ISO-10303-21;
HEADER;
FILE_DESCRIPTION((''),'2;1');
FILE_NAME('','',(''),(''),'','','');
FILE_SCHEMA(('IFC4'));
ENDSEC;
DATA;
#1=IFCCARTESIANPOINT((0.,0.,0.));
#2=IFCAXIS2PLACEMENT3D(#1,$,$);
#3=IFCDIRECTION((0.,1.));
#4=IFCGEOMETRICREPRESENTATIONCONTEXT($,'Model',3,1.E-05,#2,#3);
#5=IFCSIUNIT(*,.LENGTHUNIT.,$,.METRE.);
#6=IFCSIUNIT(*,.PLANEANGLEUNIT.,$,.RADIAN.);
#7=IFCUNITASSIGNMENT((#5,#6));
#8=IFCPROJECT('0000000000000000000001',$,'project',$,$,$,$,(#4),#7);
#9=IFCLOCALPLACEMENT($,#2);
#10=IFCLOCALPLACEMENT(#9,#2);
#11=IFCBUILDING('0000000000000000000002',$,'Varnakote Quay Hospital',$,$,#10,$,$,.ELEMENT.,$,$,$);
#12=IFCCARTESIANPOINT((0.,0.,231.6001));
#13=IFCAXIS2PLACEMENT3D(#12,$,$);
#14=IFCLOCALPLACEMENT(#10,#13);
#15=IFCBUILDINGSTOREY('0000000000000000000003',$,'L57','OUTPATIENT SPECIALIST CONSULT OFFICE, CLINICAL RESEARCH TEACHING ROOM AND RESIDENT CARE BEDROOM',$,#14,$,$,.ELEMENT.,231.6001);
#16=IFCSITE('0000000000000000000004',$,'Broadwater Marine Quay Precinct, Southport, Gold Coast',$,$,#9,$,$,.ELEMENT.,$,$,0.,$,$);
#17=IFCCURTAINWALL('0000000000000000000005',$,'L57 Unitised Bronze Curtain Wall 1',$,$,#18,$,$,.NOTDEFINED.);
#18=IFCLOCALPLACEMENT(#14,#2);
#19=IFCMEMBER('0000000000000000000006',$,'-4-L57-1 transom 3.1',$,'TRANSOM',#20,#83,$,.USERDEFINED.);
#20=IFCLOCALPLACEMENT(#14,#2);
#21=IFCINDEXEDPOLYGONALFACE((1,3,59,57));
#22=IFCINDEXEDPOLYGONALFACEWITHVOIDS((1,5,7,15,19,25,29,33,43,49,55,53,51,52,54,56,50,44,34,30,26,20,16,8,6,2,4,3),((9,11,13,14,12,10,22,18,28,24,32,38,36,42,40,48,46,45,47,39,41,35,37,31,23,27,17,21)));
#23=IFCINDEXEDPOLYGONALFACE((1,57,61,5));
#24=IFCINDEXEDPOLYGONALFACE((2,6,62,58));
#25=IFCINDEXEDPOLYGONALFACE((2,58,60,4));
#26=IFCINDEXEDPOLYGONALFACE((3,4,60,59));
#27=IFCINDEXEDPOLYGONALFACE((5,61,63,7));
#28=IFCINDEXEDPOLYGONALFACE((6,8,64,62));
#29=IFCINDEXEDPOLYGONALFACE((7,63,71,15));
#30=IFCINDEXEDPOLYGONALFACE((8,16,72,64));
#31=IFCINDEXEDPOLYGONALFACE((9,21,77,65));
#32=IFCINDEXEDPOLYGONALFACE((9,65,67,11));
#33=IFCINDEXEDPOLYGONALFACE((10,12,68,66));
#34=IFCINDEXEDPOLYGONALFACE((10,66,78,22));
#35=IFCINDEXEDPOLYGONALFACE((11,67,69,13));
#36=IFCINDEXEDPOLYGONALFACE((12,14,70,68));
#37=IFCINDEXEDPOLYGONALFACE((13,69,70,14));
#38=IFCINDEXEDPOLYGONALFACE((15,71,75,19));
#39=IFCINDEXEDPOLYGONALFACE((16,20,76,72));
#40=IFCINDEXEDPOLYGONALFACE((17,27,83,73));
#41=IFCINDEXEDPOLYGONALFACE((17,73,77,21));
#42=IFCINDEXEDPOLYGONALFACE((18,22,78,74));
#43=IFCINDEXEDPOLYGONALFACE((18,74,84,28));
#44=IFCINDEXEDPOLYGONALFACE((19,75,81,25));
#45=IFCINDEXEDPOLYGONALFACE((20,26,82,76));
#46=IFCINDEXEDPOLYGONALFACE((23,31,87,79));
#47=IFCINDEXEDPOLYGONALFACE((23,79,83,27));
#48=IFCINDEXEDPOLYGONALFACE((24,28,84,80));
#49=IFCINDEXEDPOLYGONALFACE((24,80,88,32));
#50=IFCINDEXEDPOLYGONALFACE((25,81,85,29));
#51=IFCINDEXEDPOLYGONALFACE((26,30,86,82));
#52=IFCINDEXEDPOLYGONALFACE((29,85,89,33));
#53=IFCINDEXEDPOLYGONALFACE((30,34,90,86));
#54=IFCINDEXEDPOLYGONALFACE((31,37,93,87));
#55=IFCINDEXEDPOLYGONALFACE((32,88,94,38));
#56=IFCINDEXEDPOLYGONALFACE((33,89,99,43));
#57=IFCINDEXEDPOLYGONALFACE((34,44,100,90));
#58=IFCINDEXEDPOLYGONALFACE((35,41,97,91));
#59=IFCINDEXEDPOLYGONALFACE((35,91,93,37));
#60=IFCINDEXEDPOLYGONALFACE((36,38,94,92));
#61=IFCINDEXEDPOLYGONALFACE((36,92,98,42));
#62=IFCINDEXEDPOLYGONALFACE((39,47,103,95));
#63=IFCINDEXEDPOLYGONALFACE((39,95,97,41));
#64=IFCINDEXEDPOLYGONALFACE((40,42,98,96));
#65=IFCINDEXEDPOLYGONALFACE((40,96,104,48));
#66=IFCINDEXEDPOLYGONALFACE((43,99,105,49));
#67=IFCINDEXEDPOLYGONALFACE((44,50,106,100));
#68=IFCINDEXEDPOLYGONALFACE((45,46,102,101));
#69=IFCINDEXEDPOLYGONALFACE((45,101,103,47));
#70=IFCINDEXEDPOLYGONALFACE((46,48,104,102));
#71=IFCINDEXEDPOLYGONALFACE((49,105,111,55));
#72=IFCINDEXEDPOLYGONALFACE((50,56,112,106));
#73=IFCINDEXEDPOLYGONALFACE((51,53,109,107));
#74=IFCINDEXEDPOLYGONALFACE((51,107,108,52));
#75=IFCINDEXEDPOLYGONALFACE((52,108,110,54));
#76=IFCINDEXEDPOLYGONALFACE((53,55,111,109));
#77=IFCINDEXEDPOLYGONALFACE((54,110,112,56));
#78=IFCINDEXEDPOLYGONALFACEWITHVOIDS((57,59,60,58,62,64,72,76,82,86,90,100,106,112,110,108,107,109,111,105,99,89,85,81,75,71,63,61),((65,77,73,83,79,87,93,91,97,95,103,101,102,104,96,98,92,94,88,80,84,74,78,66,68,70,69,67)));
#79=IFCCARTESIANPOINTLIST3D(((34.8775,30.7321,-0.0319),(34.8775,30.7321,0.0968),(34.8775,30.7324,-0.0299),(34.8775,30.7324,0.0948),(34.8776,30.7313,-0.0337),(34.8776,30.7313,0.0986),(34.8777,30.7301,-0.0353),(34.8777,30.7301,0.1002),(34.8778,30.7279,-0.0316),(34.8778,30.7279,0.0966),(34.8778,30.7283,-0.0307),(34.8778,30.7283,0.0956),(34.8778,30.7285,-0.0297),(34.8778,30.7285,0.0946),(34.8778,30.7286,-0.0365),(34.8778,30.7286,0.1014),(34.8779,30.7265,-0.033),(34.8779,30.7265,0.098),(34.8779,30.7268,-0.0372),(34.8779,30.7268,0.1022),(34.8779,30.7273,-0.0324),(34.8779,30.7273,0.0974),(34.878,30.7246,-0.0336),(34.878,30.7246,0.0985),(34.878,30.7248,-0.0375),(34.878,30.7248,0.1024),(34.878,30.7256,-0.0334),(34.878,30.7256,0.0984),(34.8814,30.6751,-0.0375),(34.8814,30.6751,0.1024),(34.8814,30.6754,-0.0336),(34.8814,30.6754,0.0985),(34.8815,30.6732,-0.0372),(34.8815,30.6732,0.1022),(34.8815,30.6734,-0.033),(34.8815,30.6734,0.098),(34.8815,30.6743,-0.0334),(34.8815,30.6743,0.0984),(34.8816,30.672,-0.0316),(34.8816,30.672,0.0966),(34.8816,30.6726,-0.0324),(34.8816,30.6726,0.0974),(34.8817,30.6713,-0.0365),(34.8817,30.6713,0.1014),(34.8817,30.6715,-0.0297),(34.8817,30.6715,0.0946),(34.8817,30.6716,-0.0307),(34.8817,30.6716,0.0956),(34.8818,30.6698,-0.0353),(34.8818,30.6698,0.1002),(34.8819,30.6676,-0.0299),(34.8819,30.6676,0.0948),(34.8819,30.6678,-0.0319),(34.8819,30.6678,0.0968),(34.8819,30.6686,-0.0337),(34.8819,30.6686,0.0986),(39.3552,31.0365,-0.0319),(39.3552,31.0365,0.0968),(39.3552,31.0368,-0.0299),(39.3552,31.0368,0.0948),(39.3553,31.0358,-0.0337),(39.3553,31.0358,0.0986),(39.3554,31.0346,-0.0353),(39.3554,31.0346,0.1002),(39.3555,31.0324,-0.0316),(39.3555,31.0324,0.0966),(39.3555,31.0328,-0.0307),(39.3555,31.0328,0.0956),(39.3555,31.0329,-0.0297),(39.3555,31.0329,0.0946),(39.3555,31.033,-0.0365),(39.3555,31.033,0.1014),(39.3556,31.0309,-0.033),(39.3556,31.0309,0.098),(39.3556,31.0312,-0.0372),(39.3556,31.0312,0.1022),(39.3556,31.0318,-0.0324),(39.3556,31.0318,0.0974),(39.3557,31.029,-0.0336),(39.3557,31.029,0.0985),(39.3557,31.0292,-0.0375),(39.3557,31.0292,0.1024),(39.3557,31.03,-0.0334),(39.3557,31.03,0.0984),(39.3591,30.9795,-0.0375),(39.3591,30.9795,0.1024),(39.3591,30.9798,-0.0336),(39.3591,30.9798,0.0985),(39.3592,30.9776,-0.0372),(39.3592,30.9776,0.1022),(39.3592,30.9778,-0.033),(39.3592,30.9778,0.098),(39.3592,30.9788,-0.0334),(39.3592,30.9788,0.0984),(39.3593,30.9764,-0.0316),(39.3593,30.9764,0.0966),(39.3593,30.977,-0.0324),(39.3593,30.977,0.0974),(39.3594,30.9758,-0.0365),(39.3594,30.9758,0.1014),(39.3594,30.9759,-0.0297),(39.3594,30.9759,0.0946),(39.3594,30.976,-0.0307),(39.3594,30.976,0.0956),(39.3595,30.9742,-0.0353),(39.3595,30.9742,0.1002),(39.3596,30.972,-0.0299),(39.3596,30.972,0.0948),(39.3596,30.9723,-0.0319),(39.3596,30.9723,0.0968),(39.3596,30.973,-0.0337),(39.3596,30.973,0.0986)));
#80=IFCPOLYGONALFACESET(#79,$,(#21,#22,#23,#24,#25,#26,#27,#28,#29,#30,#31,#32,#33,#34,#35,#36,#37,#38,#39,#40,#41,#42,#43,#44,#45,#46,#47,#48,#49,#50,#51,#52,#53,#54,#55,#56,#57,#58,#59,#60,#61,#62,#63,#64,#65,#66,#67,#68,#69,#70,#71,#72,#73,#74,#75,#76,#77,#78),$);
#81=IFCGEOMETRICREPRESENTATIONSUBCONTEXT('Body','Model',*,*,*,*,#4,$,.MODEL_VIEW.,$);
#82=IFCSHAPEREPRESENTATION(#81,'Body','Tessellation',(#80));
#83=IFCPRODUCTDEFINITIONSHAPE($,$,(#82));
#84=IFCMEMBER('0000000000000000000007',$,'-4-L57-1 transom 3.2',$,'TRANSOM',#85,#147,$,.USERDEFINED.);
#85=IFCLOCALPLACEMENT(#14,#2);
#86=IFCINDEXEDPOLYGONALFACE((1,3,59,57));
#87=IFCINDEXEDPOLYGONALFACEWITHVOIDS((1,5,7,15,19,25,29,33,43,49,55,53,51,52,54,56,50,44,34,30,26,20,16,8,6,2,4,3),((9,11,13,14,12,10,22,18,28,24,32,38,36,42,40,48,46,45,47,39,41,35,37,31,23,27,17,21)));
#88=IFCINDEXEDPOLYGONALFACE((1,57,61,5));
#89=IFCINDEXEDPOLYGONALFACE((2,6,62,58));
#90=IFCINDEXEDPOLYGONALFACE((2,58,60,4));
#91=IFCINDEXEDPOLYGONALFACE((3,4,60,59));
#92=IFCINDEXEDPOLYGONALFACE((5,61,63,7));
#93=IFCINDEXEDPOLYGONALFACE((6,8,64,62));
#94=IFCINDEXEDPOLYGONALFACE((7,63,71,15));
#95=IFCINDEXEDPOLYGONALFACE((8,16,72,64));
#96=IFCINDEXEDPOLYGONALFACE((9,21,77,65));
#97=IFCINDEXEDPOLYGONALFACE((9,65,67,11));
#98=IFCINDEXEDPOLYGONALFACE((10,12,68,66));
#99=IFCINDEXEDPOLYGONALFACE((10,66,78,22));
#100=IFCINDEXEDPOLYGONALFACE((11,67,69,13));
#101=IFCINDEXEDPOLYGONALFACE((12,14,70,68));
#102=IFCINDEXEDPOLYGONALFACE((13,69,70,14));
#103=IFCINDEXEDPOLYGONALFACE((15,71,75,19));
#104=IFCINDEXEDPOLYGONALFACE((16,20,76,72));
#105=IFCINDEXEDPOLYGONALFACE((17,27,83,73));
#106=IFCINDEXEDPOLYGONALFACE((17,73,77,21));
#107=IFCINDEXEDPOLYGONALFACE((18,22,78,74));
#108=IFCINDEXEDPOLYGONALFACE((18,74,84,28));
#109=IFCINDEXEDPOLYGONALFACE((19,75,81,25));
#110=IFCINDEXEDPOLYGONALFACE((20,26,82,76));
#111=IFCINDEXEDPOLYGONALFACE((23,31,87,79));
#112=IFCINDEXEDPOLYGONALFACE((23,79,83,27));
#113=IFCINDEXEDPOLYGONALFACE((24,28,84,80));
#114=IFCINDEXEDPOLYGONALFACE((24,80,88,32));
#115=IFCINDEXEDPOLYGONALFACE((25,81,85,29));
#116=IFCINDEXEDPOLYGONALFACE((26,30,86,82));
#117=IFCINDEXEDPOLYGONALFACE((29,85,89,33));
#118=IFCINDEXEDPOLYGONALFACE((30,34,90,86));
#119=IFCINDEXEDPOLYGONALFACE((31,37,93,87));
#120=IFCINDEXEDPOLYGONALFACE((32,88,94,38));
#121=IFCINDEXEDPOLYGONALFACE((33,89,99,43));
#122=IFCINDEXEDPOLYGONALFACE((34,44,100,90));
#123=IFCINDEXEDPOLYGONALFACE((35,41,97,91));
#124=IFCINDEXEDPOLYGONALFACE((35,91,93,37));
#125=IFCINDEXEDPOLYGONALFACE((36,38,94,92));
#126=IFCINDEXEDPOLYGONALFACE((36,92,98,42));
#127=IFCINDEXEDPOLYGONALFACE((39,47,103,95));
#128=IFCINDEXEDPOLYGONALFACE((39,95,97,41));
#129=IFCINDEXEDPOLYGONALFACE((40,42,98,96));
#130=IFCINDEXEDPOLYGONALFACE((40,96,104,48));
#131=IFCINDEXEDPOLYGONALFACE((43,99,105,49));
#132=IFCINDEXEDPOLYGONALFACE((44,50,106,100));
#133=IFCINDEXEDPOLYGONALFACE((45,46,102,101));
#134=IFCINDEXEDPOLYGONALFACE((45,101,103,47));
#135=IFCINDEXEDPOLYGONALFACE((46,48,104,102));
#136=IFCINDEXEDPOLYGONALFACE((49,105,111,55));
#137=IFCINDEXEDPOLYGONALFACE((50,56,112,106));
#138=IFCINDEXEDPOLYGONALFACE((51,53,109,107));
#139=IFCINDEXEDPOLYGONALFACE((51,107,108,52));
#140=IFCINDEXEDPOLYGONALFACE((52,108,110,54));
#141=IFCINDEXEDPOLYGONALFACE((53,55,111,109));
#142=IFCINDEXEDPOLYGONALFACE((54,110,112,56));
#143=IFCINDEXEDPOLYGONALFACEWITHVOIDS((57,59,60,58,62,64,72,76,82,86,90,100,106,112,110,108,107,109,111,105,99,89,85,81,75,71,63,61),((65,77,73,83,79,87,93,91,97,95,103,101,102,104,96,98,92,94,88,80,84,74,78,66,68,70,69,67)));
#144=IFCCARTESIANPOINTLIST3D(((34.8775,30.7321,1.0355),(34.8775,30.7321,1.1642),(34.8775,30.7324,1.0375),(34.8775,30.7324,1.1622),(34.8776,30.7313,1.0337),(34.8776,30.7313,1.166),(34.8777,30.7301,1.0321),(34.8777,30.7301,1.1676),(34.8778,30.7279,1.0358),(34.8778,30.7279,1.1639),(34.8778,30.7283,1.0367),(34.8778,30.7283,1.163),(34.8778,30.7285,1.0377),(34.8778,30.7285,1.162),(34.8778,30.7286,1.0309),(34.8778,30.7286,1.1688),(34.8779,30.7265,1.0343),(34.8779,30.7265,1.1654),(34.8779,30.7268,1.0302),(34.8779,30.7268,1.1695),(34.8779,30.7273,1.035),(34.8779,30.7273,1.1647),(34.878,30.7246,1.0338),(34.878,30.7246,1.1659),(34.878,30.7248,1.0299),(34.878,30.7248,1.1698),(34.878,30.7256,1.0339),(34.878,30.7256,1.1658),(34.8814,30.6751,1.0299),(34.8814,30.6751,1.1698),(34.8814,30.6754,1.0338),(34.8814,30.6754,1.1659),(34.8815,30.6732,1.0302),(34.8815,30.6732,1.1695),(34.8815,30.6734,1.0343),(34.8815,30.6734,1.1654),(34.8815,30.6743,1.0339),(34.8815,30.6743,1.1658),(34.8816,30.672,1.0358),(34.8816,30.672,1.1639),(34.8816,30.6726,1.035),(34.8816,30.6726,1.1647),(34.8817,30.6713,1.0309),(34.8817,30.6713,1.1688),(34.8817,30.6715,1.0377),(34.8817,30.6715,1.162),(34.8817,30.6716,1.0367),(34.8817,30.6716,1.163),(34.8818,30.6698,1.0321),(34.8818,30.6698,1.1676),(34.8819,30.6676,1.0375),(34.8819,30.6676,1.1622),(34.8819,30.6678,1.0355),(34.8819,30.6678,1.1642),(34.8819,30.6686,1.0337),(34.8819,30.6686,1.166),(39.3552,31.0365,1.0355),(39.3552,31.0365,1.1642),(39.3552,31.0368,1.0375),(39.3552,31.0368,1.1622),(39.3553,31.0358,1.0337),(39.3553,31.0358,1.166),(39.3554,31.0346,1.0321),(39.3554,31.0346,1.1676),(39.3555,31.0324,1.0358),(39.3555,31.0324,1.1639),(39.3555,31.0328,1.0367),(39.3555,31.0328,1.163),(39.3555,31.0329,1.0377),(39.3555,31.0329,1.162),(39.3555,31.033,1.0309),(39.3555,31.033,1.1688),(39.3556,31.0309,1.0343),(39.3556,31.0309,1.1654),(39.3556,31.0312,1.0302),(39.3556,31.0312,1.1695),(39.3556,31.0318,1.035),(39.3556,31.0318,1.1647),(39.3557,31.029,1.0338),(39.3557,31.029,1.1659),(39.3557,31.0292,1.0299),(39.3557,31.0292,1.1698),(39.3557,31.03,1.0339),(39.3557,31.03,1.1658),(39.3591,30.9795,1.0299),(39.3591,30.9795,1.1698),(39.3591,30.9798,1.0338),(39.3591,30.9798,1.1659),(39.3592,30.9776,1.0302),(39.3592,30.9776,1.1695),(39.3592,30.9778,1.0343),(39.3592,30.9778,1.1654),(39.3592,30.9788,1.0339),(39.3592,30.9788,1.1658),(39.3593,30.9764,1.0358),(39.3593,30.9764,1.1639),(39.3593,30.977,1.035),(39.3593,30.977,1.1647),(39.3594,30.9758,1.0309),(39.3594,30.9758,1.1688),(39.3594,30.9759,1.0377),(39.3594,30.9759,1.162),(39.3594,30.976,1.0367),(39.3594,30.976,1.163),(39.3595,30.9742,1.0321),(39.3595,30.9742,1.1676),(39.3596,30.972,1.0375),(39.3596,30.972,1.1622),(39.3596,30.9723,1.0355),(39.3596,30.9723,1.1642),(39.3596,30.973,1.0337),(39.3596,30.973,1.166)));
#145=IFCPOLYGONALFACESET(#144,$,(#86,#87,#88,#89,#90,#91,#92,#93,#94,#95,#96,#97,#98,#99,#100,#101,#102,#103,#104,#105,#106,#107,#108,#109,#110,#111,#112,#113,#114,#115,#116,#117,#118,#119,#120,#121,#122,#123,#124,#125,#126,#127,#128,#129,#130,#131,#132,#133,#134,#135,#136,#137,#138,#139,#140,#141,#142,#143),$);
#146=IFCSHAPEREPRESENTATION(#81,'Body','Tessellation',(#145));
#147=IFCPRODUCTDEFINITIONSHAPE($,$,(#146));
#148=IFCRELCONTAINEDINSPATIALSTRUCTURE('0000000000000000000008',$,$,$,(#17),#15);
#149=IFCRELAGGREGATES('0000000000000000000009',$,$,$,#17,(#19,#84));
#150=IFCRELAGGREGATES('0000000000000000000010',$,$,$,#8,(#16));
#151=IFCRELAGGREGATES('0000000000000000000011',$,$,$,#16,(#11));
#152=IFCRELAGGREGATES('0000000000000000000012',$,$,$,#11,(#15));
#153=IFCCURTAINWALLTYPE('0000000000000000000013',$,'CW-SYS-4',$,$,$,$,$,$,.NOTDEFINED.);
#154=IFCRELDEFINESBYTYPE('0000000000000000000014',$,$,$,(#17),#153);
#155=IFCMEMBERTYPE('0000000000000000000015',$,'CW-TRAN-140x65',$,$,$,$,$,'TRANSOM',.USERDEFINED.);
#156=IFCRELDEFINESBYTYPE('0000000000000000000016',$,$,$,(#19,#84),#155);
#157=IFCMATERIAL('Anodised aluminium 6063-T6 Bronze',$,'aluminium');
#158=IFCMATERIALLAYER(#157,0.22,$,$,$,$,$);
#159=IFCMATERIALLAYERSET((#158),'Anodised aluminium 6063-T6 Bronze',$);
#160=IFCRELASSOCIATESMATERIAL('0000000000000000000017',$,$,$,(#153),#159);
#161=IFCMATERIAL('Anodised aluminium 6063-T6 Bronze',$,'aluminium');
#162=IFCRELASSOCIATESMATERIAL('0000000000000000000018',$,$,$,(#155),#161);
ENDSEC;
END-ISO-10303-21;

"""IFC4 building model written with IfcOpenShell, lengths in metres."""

from ifc_helpers import new_model, si_unit, direction, frame, origin, origin_2d, place, context, subcontext, project, spatial, hollow_rectangle, extrude, material, layer, layer_set, material_profile, profile_set, type_object, element, aggregate, save


model = new_model("IFC4")

# Units and contexts
model_context = context("Model", 3, precision=1e-05, world=origin(), true_north=direction((0.0, 1.0)))
body_context = subcontext(model_context, "Body", "Model", "MODEL_VIEW")
ifc_project = project(units=[si_unit("LENGTHUNIT", "METRE"), si_unit("PLANEANGLEUNIT", "RADIAN")], contexts=[model_context])

# Site, building, storey
site_placement = place(None, origin())
site = spatial("IfcSite", under=ifc_project, at=site_placement, Name="Broadwater Marine Quay Precinct, Southport, Gold Coast", CompositionType="ELEMENT", RefElevation=0.0)
building_placement = place(site_placement, origin())
building = spatial("IfcBuilding", under=site, at=building_placement, Name="Varnakote Quay Hospital", CompositionType="ELEMENT")
storey_placement = place(building_placement, frame((0.0, 0.0, 231.6001)))
storey = spatial("IfcBuildingStorey", under=building, at=storey_placement, Name="L57", Description="OUTPATIENT SPECIALIST CONSULT OFFICE, CLINICAL RESEARCH TEACHING ROOM AND RESIDENT CARE BEDROOM", CompositionType="ELEMENT", Elevation=231.6001)

# Curtain wall, members
ifc_material_1 = material(Name="Anodised aluminium 6063-T6 Bronze", Category="aluminium")
ifc_layer_1 = layer(ifc_material_1, 0.22)
ifc_layer_set_1 = layer_set([ifc_layer_1], Name="Anodised aluminium 6063-T6 Bronze")
curtain_wall_type = type_object("IfcCurtainWallType", Name="CW-SYS-4", PredefinedType="NOTDEFINED", material=ifc_layer_set_1)
curtain_wall_placement = place(storey_placement, origin())
curtain_wall = element("IfcCurtainWall", 1, at=curtain_wall_placement, inside=storey, type_object=curtain_wall_type, Name="L57 Unitised Bronze Curtain Wall 1", PredefinedType="NOTDEFINED")
ifc_material_2 = material(Name="Anodised aluminium 6063-T6 Bronze", Category="aluminium")
ifc_material_profile_1 = material_profile(ifc_material_2, hollow_rectangle(XDim=0.0649, YDim=0.1399, WallThickness=0.0039, InnerFilletRadius=0.0039, OuterFilletRadius=0.0076, at=origin_2d()), Name="CW-TRAN-140x65")
ifc_profile_set_1 = profile_set([ifc_material_profile_1], Name="Anodised aluminium 6063-T6 Bronze")
member_type_1 = type_object("IfcMemberType", Name="CW-TRAN-140x65", ElementType="TRANSOM", PredefinedType="USERDEFINED", material=ifc_profile_set_1)
member_1_placement = place(storey_placement, frame((39.3574, 31.0044, 0.0325), z_axis=(-0.997697, -0.067833, 0.0), x_axis=(0.067833, -0.997697, 0.0)))
member_1 = element("IfcMember", 2, at=member_1_placement, type_object=member_type_1, Name="-4-L57-1 transom 3.1", ObjectType="TRANSOM", PredefinedType="USERDEFINED", context=body_context, shape_type="SweptSolid", body=[
    extrude(hollow_rectangle(XDim=0.0649, YDim=0.1399, WallThickness=0.0039, InnerFilletRadius=0.0039, OuterFilletRadius=0.0076, at=origin_2d()), origin(), (0.0, 0.0, 1.0), 4.488),
])
member_2_placement = place(storey_placement, frame((39.3574, 31.0044, 1.0999), z_axis=(-0.997697, -0.067833, 0.0), x_axis=(0.067833, -0.997697, 0.0)))
member_2 = element("IfcMember", 3, at=member_2_placement, type_object=member_type_1, Name="-4-L57-1 transom 3.2", ObjectType="TRANSOM", PredefinedType="USERDEFINED", context=body_context, shape_type="SweptSolid", body=[
    extrude(hollow_rectangle(XDim=0.0649, YDim=0.1399, WallThickness=0.0039, InnerFilletRadius=0.0039, OuterFilletRadius=0.0076, at=origin_2d()), origin(), (0.0, 0.0, 1.0), 4.488),
])
aggregate(curtain_wall, [member_1, member_2])

save(model, "model.ifc")
